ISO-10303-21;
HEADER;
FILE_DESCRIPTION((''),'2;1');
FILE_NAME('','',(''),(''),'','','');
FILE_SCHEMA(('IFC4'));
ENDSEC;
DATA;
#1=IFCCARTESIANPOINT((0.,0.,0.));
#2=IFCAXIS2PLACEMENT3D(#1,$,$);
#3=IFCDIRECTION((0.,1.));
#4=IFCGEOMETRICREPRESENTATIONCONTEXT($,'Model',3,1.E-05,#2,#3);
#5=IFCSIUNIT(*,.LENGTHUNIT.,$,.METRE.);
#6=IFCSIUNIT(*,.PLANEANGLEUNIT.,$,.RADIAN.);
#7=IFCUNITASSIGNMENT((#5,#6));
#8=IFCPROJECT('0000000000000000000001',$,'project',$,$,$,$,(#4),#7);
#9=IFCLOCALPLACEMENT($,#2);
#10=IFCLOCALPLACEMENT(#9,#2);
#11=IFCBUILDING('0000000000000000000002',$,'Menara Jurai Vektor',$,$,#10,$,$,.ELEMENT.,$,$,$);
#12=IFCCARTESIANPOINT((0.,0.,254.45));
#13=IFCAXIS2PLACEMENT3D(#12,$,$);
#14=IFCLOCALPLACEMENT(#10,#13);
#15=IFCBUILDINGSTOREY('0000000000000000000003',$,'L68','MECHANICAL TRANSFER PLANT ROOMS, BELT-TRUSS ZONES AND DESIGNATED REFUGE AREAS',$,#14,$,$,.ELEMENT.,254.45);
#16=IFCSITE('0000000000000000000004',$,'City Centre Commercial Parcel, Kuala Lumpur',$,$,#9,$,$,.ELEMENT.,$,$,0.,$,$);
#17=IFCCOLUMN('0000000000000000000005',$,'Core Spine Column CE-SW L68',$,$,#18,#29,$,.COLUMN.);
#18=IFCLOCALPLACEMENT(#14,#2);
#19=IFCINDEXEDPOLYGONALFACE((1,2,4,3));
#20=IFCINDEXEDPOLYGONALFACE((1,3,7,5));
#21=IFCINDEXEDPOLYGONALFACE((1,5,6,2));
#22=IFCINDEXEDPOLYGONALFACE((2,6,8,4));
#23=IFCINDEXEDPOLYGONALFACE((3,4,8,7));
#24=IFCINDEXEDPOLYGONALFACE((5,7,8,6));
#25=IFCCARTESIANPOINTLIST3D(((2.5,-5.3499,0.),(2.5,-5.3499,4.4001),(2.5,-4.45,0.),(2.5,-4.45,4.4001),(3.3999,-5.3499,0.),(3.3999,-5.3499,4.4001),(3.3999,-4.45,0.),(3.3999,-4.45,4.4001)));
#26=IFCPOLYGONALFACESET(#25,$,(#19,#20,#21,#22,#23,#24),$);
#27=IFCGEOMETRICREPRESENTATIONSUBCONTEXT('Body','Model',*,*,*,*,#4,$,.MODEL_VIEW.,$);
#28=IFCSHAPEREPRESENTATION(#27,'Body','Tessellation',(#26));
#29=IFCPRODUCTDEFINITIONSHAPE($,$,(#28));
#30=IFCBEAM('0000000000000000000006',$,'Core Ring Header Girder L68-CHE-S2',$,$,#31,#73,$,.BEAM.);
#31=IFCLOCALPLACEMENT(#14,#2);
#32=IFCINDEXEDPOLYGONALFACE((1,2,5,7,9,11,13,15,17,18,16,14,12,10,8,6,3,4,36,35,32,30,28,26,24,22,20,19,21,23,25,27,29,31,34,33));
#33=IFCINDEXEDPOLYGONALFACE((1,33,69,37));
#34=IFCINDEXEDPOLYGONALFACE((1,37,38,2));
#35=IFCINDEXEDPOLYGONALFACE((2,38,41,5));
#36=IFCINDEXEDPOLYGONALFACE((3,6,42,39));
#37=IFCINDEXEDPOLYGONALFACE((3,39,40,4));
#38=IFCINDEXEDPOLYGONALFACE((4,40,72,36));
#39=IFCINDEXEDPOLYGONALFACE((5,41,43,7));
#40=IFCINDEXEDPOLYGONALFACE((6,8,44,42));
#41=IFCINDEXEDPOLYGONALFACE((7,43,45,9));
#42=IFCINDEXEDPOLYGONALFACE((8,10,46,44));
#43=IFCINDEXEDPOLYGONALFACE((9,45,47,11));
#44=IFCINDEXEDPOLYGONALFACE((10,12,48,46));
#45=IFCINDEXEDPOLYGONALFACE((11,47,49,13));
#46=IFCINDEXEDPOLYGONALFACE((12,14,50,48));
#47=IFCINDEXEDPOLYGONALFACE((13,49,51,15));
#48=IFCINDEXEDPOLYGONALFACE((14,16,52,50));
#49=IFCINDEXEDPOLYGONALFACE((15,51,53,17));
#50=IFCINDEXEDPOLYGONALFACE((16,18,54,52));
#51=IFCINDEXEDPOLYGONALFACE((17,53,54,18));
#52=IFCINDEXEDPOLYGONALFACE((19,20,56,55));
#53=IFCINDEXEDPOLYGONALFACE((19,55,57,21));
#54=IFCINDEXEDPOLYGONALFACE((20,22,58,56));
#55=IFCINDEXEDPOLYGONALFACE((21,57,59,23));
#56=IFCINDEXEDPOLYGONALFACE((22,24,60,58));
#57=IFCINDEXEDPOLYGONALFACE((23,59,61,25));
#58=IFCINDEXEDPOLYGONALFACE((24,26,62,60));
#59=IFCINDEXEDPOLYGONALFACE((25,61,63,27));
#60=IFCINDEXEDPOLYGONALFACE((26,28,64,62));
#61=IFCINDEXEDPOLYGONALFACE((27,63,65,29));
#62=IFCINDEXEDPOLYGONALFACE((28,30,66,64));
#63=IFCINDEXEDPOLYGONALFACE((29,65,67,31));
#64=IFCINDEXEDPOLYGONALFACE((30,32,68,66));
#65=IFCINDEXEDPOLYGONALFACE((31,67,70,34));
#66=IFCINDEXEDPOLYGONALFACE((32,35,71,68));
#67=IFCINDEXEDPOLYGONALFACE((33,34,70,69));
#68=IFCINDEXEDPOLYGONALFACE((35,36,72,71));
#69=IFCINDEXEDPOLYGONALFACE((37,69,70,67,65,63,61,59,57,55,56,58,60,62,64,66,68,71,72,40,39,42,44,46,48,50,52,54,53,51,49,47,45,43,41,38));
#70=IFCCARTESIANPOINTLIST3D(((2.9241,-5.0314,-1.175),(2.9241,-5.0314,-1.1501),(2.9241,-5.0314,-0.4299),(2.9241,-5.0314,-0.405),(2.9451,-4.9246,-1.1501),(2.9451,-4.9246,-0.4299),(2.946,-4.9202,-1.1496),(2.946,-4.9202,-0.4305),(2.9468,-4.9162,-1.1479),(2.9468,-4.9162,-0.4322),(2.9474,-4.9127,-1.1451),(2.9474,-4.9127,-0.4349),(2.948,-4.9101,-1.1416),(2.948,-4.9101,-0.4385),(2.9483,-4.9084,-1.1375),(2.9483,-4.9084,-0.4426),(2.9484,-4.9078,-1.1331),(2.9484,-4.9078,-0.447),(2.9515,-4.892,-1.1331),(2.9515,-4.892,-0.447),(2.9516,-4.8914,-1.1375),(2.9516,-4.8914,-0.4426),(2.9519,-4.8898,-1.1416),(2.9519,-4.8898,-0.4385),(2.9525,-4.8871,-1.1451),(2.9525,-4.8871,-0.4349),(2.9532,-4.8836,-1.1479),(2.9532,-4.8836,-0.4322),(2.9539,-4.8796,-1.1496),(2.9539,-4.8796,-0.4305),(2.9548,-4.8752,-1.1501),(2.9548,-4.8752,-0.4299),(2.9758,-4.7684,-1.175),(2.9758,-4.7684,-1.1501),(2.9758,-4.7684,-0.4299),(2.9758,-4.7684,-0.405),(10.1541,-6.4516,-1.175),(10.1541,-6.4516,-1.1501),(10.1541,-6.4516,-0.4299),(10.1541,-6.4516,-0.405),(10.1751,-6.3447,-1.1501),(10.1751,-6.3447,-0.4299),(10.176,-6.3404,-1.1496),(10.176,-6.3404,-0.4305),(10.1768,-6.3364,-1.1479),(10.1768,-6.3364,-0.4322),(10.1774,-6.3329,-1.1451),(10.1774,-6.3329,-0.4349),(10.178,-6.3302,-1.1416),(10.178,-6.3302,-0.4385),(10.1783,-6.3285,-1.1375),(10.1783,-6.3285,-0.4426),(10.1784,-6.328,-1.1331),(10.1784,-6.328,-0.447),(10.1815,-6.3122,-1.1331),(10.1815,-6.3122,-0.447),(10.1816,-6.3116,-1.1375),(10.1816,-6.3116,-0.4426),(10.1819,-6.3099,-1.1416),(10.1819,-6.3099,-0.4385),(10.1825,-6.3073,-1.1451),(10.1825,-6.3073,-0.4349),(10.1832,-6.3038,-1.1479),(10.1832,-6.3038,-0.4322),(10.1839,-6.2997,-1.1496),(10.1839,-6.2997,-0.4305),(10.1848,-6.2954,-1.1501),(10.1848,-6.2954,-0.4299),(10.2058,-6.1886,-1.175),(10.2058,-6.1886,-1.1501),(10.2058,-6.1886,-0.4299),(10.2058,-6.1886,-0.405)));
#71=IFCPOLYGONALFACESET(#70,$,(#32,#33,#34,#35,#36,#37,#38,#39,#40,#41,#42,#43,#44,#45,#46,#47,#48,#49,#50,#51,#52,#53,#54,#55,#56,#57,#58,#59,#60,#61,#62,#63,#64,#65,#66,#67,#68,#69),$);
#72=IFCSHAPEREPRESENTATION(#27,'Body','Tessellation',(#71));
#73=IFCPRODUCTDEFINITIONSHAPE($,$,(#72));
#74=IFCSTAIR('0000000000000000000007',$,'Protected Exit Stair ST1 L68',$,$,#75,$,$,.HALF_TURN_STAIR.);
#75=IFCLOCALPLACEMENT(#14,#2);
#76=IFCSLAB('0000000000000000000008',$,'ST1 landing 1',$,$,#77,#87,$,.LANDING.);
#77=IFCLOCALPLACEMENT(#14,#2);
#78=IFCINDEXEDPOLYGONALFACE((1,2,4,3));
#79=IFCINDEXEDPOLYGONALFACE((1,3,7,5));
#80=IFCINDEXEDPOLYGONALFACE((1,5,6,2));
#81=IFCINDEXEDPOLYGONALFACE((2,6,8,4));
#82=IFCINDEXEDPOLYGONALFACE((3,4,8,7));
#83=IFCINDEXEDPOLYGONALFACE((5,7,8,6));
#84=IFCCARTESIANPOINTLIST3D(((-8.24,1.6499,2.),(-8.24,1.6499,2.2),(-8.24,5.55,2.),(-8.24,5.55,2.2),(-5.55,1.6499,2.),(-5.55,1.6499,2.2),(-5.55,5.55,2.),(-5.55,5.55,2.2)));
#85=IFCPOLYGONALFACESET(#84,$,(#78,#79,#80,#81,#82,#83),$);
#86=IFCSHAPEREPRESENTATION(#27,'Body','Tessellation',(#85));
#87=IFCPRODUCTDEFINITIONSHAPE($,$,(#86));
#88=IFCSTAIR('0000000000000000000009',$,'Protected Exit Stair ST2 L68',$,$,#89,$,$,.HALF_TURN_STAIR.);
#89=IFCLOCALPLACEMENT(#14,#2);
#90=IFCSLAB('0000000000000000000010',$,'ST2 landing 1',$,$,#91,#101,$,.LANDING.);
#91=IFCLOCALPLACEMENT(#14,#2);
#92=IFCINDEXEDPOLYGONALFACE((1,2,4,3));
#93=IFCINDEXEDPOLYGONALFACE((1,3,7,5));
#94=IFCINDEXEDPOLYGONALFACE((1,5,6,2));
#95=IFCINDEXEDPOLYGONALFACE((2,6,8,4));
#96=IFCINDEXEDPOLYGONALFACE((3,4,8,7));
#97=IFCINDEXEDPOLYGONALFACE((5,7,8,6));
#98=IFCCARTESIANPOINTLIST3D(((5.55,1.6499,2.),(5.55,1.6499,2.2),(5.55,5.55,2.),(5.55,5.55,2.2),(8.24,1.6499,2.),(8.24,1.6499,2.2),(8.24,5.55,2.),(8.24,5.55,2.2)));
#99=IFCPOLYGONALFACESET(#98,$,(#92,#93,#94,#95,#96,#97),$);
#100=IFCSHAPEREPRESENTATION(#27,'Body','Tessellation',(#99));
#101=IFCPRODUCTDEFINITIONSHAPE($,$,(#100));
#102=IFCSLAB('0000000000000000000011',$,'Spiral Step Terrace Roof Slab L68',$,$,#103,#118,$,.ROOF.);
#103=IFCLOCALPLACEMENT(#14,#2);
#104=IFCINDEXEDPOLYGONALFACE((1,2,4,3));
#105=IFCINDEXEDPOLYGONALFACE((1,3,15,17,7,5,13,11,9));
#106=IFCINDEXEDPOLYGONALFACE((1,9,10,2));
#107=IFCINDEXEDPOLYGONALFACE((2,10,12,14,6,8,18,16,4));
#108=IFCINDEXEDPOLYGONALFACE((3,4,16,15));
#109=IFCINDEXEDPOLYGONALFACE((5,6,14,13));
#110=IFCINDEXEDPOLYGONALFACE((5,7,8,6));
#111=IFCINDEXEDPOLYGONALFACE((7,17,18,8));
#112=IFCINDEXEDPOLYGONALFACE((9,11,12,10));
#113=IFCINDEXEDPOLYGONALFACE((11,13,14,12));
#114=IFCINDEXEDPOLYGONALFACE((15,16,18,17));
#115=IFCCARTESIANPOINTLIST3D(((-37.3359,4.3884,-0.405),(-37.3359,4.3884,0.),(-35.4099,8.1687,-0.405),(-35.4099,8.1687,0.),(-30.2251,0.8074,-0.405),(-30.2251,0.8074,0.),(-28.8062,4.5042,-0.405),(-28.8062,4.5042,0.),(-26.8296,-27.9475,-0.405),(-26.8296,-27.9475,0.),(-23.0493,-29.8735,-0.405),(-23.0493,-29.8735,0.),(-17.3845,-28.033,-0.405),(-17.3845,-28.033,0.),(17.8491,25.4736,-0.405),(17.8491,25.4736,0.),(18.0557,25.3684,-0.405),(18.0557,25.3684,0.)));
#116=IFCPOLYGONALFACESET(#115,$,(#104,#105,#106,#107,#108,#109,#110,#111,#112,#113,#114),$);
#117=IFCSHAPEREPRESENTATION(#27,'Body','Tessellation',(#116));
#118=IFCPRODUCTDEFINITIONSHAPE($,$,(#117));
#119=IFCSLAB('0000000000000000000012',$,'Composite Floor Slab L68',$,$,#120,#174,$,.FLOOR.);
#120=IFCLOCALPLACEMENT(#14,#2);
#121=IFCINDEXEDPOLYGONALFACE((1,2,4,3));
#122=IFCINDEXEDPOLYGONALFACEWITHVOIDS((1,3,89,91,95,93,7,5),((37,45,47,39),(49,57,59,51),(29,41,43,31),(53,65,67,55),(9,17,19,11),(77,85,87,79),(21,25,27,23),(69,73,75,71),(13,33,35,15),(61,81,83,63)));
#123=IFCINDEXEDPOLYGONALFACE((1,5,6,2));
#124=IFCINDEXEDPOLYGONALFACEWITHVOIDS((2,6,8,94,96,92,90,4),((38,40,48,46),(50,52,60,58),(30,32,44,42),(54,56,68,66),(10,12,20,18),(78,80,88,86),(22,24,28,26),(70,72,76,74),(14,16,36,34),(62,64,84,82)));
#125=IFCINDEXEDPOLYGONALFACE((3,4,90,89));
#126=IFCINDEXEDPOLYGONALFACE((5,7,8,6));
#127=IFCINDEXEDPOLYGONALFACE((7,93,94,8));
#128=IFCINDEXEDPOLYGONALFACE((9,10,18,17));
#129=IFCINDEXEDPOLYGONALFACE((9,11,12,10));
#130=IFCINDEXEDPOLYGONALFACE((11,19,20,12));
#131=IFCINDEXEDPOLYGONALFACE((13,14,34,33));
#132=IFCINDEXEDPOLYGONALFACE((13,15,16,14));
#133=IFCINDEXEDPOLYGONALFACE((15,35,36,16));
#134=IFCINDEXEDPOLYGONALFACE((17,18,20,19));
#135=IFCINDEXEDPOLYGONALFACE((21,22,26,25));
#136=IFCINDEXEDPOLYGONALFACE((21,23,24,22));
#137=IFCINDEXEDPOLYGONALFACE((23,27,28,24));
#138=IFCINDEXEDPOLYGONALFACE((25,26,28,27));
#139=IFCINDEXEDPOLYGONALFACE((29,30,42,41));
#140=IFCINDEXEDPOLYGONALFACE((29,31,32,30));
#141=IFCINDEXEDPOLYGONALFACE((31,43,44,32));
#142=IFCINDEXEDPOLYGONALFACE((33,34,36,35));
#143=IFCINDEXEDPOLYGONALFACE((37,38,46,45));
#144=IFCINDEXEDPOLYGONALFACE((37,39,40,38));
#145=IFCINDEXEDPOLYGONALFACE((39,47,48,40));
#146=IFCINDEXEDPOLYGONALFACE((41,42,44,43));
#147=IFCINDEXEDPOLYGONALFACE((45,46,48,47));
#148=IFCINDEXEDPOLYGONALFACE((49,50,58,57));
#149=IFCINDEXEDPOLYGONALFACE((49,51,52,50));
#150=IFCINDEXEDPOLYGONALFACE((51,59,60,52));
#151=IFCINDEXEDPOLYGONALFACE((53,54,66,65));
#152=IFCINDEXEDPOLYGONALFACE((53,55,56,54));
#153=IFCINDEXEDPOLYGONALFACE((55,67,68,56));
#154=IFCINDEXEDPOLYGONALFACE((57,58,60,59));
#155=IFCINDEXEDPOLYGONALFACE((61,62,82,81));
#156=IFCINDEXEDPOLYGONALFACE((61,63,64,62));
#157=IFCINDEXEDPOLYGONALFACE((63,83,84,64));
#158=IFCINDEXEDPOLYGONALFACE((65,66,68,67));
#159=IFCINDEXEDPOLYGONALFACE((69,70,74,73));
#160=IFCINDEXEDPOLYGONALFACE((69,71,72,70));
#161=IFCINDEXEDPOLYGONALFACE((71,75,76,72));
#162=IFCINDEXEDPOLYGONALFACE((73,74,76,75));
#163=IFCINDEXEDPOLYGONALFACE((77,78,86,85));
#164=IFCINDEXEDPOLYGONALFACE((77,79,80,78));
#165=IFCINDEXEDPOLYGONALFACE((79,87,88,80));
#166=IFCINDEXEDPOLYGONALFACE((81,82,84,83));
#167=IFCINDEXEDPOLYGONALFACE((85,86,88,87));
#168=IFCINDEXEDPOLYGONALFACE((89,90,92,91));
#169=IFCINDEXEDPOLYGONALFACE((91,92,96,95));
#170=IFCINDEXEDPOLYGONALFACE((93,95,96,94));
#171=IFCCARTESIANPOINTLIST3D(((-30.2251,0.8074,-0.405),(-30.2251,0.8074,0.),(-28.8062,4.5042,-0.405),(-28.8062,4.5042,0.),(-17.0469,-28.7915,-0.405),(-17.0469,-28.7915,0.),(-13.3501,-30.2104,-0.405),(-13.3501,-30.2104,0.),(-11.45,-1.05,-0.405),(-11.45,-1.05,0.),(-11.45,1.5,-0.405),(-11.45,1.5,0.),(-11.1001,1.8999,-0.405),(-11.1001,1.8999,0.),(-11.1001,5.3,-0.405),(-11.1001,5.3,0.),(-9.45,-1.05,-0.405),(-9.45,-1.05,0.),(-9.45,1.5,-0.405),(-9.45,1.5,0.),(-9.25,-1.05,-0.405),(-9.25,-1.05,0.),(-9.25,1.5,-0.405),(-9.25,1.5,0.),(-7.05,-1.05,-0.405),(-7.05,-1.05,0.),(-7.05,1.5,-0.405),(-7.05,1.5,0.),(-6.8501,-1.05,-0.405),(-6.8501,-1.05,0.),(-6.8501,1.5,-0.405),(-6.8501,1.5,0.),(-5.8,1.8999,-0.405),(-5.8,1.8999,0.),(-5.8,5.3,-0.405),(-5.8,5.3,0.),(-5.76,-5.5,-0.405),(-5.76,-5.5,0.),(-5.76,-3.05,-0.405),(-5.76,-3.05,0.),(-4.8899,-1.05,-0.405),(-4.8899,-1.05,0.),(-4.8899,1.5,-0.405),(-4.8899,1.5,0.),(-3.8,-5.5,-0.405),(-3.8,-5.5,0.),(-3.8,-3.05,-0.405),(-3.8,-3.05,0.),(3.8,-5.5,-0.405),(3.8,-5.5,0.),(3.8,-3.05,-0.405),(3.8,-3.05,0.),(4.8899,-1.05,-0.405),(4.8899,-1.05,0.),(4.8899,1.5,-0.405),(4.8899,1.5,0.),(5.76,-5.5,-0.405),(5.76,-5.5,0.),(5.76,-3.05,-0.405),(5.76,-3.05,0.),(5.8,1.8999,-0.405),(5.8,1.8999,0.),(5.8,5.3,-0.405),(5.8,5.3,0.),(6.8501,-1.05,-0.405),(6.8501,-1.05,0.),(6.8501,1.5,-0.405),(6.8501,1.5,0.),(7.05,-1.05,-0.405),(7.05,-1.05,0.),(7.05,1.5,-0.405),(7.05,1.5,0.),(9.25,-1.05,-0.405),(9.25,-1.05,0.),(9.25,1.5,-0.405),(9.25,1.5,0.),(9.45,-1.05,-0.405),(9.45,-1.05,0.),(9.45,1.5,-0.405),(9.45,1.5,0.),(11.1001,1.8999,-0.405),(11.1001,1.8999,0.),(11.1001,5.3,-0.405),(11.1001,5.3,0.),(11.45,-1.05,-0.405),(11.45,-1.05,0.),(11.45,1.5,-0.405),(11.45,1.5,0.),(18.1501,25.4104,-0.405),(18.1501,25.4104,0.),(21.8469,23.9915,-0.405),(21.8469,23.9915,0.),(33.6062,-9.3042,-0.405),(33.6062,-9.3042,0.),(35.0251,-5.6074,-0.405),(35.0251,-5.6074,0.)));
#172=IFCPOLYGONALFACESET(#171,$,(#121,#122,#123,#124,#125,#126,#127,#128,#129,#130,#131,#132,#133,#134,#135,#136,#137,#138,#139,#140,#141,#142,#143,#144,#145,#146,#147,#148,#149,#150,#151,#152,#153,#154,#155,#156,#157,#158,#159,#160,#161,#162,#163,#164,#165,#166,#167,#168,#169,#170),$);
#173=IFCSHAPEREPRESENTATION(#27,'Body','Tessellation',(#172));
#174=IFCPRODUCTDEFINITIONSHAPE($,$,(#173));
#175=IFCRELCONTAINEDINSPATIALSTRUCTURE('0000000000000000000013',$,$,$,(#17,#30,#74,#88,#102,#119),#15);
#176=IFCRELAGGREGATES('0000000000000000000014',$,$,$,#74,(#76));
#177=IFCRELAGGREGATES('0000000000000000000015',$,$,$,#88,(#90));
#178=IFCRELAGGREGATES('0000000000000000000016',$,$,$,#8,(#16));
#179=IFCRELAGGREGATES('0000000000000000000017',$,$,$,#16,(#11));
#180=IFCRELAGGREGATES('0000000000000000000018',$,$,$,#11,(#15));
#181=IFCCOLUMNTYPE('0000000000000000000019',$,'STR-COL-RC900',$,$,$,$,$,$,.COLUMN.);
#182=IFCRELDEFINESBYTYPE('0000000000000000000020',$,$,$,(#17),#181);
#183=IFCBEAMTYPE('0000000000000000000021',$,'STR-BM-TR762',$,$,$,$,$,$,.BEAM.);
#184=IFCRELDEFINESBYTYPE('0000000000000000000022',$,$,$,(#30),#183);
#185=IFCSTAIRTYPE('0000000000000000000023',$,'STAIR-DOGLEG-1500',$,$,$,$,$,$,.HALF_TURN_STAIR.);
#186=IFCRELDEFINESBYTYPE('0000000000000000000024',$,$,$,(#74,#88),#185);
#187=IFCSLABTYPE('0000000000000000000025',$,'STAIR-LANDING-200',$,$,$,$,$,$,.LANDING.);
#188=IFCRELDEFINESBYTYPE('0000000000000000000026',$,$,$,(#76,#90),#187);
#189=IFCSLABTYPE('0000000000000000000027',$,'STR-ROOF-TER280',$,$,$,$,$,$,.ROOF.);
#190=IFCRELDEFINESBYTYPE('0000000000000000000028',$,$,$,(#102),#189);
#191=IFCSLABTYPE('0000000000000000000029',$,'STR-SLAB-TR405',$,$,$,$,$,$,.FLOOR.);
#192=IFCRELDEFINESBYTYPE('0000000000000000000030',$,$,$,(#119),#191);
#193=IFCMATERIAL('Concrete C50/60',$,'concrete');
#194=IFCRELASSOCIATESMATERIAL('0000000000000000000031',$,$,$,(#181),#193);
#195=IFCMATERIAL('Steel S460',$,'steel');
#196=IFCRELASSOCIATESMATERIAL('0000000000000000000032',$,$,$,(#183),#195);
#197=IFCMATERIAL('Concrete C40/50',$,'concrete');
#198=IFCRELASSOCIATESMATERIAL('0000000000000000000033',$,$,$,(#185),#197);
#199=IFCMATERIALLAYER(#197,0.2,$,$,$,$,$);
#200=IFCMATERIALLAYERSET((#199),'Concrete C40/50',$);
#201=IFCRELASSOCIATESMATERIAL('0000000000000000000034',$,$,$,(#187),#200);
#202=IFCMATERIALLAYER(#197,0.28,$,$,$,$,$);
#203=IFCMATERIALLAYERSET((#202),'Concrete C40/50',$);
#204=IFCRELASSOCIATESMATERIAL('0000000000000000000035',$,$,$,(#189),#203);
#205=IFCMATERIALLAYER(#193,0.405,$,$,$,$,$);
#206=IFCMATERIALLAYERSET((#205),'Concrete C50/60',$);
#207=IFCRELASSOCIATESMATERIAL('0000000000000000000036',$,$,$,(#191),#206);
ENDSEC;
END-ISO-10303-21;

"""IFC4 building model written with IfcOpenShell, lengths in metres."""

from ifc_helpers import new_model, si_unit, direction, frame, origin, origin_2d, place, context, subcontext, project, spatial, polyline, rectangle, i_section, outline, extrude, material, layer, layer_set, material_profile, profile_set, type_object, element, aggregate, save


model = new_model("IFC4")

# Units and contexts
model_context = context("Model", 3, precision=1e-05, world=origin(), true_north=direction((0.0, 1.0)))
body_context = subcontext(model_context, "Body", "Model", "MODEL_VIEW")
ifc_project = project(units=[si_unit("LENGTHUNIT", "METRE"), si_unit("PLANEANGLEUNIT", "RADIAN")], contexts=[model_context])

# Site, building, storey
site_placement = place(None, origin())
site = spatial("IfcSite", under=ifc_project, at=site_placement, Name="City Centre Commercial Parcel, Kuala Lumpur", CompositionType="ELEMENT", RefElevation=0.0)
building_placement = place(site_placement, origin())
building = spatial("IfcBuilding", under=site, at=building_placement, Name="Menara Jurai Vektor", CompositionType="ELEMENT")
storey_placement = place(building_placement, frame((0.0, 0.0, 254.45)))
storey = spatial("IfcBuildingStorey", under=building, at=storey_placement, Name="L68", Description="MECHANICAL TRANSFER PLANT ROOMS, BELT-TRUSS ZONES AND DESIGNATED REFUGE AREAS", CompositionType="ELEMENT", Elevation=254.45)

# Column
ifc_material_1 = material(Name="Concrete C50/60", Category="concrete")
ifc_material_profile_1 = material_profile(ifc_material_1, rectangle(XDim=0.8999, YDim=0.8999, at=origin_2d()), Name="RC 900x900")
ifc_profile_set_1 = profile_set([ifc_material_profile_1], Name="Concrete C50/60")
column_type = type_object("IfcColumnType", Name="STR-COL-RC900", PredefinedType="COLUMN", material=ifc_profile_set_1)
column_placement = place(storey_placement, frame((2.95, -4.8999, 0.0), z_axis=(0.0, 0.0, 1.0), x_axis=(1.0, 0.0, 0.0)))
element("IfcColumn", 1, at=column_placement, inside=storey, type_object=column_type, Name="Core Spine Column CE-SW L68", PredefinedType="COLUMN", context=body_context, shape_type="SweptSolid", body=[
    extrude(rectangle(XDim=0.8999, YDim=0.8999, at=origin_2d()), origin(), (0.0, 0.0, 1.0), 4.4001),
])

# Beam
ifc_material_2 = material(Name="Steel S460", Category="steel")
ifc_material_profile_2 = material_profile(ifc_material_2, i_section(OverallWidth=0.2681, OverallDepth=0.77, WebThickness=0.0161, FlangeThickness=0.0249, FilletRadius=0.0171, at=origin_2d()), Name="UKB 762x267x197")
ifc_profile_set_2 = profile_set([ifc_material_profile_2], Name="Steel S460")
beam_type = type_object("IfcBeamType", Name="STR-BM-TR762", PredefinedType="BEAM", material=ifc_profile_set_2)
beam_placement = place(storey_placement, frame((2.95, -4.8999, -0.79), z_axis=(0.981249, -0.192744, 0.0), x_axis=(0.192744, 0.981249, 0.0)))
element("IfcBeam", 2, at=beam_placement, inside=storey, type_object=beam_type, Name="Core Ring Header Girder L68-CHE-S2", PredefinedType="BEAM", context=body_context, shape_type="SweptSolid", body=[
    extrude(i_section(OverallWidth=0.2681, OverallDepth=0.77, WebThickness=0.0161, FlangeThickness=0.0249, FilletRadius=0.0171, at=origin_2d()), origin(), (0.0, 0.0, 1.0), 7.3682),
])

# Stairs, slabs
ifc_material_3 = material(Name="Concrete C40/50", Category="concrete")
stair_type = type_object("IfcStairType", Name="STAIR-DOGLEG-1500", PredefinedType="HALF_TURN_STAIR", material=ifc_material_3)
stair_1_placement = place(storey_placement, origin())
stair_1 = element("IfcStair", 3, at=stair_1_placement, inside=storey, type_object=stair_type, Name="Protected Exit Stair ST1 L68", PredefinedType="HALF_TURN_STAIR")
ifc_layer_1 = layer(ifc_material_3, 0.2)
ifc_layer_set_1 = layer_set([ifc_layer_1], Name="Concrete C40/50")
slab_type_1 = type_object("IfcSlabType", Name="STAIR-LANDING-200", PredefinedType="LANDING", material=ifc_layer_set_1)
slab_1_placement = place(storey_placement, frame((0.0, 0.0, 2.0)))
slab_1 = element("IfcSlab", 4, at=slab_1_placement, type_object=slab_type_1, Name="ST1 landing 1", PredefinedType="LANDING", context=body_context, shape_type="SweptSolid", body=[
    extrude(outline(polyline([(-8.24, 1.6499), (-5.55, 1.6499), (-5.55, 5.55), (-8.24, 5.55), (-8.24, 1.6499)])), origin(), (0.0, 0.0, 1.0), 0.2),
])
aggregate(stair_1, [slab_1])
stair_2_placement = place(storey_placement, origin())
stair_2 = element("IfcStair", 5, at=stair_2_placement, inside=storey, type_object=stair_type, Name="Protected Exit Stair ST2 L68", PredefinedType="HALF_TURN_STAIR")
slab_2_placement = place(storey_placement, frame((0.0, 0.0, 2.0)))
slab_2 = element("IfcSlab", 6, at=slab_2_placement, type_object=slab_type_1, Name="ST2 landing 1", PredefinedType="LANDING", context=body_context, shape_type="SweptSolid", body=[
    extrude(outline(polyline([(5.55, 1.6499), (8.24, 1.6499), (8.24, 5.55), (5.55, 5.55), (5.55, 1.6499)])), origin(), (0.0, 0.0, 1.0), 0.2),
])
aggregate(stair_2, [slab_2])

# Slabs
ifc_layer_2 = layer(ifc_material_3, 0.28)
ifc_layer_set_2 = layer_set([ifc_layer_2], Name="Concrete C40/50")
slab_type_2 = type_object("IfcSlabType", Name="STR-ROOF-TER280", PredefinedType="ROOF", material=ifc_layer_set_2)
slab_3_placement = place(storey_placement, frame((0.0, 0.0, -0.405)))
element("IfcSlab", 7, at=slab_3_placement, inside=storey, type_object=slab_type_2, Name="Spiral Step Terrace Roof Slab L68", PredefinedType="ROOF", context=body_context, shape_type="SweptSolid", body=[
    extrude(outline(polyline([(-17.3845, -28.033), (-30.2251, 0.8074), (-28.8062, 4.5042), (18.0557, 25.3684), (17.8491, 25.4736), (-35.4099, 8.1687), (-37.3359, 4.3884), (-26.8296, -27.9475), (-23.0493, -29.8735), (-17.3845, -28.033)])), origin(), (0.0, 0.0, 1.0), 0.405),
])
ifc_layer_3 = layer(ifc_material_1, 0.405)
ifc_layer_set_3 = layer_set([ifc_layer_3], Name="Concrete C50/60")
slab_type_3 = type_object("IfcSlabType", Name="STR-SLAB-TR405", PredefinedType="FLOOR", material=ifc_layer_set_3)
slab_4_placement = place(storey_placement, frame((0.0, 0.0, -0.405)))
element("IfcSlab", 8, at=slab_4_placement, inside=storey, type_object=slab_type_3, Name="Composite Floor Slab L68", PredefinedType="FLOOR", context=body_context, shape_type="SweptSolid", body=[
    extrude(outline(polyline([(-13.3501, -30.2104), (33.6062, -9.3042), (35.0251, -5.6074), (21.8469, 23.9915), (18.1501, 25.4104), (-28.8062, 4.5042), (-30.2251, 0.8074), (-17.0469, -28.7915), (-13.3501, -30.2104)]), holes=[polyline([(-11.1001, 1.8999), (-11.1001, 5.3), (-5.8, 5.3), (-5.8, 1.8999), (-11.1001, 1.8999)]), polyline([(5.8, 1.8999), (5.8, 5.3), (11.1001, 5.3), (11.1001, 1.8999), (5.8, 1.8999)]), polyline([(-11.45, -1.05), (-11.45, 1.5), (-9.45, 1.5), (-9.45, -1.05), (-11.45, -1.05)]), polyline([(9.45, -1.05), (9.45, 1.5), (11.45, 1.5), (11.45, -1.05), (9.45, -1.05)]), polyline([(-5.76, -5.5), (-5.76, -3.05), (-3.8, -3.05), (-3.8, -5.5), (-5.76, -5.5)]), polyline([(-6.8501, -1.05), (-6.8501, 1.5), (-4.8899, 1.5), (-4.8899, -1.05), (-6.8501, -1.05)]), polyline([(3.8, -5.5), (3.8, -3.05), (5.76, -3.05), (5.76, -5.5), (3.8, -5.5)]), polyline([(4.8899, -1.05), (4.8899, 1.5), (6.8501, 1.5), (6.8501, -1.05), (4.8899, -1.05)]), polyline([(-9.25, -1.05), (-9.25, 1.5), (-7.05, 1.5), (-7.05, -1.05), (-9.25, -1.05)]), polyline([(7.05, -1.05), (7.05, 1.5), (9.25, 1.5), (9.25, -1.05), (7.05, -1.05)])]), origin(), (0.0, 0.0, 1.0), 0.405),
])

save(model, "model.ifc")
